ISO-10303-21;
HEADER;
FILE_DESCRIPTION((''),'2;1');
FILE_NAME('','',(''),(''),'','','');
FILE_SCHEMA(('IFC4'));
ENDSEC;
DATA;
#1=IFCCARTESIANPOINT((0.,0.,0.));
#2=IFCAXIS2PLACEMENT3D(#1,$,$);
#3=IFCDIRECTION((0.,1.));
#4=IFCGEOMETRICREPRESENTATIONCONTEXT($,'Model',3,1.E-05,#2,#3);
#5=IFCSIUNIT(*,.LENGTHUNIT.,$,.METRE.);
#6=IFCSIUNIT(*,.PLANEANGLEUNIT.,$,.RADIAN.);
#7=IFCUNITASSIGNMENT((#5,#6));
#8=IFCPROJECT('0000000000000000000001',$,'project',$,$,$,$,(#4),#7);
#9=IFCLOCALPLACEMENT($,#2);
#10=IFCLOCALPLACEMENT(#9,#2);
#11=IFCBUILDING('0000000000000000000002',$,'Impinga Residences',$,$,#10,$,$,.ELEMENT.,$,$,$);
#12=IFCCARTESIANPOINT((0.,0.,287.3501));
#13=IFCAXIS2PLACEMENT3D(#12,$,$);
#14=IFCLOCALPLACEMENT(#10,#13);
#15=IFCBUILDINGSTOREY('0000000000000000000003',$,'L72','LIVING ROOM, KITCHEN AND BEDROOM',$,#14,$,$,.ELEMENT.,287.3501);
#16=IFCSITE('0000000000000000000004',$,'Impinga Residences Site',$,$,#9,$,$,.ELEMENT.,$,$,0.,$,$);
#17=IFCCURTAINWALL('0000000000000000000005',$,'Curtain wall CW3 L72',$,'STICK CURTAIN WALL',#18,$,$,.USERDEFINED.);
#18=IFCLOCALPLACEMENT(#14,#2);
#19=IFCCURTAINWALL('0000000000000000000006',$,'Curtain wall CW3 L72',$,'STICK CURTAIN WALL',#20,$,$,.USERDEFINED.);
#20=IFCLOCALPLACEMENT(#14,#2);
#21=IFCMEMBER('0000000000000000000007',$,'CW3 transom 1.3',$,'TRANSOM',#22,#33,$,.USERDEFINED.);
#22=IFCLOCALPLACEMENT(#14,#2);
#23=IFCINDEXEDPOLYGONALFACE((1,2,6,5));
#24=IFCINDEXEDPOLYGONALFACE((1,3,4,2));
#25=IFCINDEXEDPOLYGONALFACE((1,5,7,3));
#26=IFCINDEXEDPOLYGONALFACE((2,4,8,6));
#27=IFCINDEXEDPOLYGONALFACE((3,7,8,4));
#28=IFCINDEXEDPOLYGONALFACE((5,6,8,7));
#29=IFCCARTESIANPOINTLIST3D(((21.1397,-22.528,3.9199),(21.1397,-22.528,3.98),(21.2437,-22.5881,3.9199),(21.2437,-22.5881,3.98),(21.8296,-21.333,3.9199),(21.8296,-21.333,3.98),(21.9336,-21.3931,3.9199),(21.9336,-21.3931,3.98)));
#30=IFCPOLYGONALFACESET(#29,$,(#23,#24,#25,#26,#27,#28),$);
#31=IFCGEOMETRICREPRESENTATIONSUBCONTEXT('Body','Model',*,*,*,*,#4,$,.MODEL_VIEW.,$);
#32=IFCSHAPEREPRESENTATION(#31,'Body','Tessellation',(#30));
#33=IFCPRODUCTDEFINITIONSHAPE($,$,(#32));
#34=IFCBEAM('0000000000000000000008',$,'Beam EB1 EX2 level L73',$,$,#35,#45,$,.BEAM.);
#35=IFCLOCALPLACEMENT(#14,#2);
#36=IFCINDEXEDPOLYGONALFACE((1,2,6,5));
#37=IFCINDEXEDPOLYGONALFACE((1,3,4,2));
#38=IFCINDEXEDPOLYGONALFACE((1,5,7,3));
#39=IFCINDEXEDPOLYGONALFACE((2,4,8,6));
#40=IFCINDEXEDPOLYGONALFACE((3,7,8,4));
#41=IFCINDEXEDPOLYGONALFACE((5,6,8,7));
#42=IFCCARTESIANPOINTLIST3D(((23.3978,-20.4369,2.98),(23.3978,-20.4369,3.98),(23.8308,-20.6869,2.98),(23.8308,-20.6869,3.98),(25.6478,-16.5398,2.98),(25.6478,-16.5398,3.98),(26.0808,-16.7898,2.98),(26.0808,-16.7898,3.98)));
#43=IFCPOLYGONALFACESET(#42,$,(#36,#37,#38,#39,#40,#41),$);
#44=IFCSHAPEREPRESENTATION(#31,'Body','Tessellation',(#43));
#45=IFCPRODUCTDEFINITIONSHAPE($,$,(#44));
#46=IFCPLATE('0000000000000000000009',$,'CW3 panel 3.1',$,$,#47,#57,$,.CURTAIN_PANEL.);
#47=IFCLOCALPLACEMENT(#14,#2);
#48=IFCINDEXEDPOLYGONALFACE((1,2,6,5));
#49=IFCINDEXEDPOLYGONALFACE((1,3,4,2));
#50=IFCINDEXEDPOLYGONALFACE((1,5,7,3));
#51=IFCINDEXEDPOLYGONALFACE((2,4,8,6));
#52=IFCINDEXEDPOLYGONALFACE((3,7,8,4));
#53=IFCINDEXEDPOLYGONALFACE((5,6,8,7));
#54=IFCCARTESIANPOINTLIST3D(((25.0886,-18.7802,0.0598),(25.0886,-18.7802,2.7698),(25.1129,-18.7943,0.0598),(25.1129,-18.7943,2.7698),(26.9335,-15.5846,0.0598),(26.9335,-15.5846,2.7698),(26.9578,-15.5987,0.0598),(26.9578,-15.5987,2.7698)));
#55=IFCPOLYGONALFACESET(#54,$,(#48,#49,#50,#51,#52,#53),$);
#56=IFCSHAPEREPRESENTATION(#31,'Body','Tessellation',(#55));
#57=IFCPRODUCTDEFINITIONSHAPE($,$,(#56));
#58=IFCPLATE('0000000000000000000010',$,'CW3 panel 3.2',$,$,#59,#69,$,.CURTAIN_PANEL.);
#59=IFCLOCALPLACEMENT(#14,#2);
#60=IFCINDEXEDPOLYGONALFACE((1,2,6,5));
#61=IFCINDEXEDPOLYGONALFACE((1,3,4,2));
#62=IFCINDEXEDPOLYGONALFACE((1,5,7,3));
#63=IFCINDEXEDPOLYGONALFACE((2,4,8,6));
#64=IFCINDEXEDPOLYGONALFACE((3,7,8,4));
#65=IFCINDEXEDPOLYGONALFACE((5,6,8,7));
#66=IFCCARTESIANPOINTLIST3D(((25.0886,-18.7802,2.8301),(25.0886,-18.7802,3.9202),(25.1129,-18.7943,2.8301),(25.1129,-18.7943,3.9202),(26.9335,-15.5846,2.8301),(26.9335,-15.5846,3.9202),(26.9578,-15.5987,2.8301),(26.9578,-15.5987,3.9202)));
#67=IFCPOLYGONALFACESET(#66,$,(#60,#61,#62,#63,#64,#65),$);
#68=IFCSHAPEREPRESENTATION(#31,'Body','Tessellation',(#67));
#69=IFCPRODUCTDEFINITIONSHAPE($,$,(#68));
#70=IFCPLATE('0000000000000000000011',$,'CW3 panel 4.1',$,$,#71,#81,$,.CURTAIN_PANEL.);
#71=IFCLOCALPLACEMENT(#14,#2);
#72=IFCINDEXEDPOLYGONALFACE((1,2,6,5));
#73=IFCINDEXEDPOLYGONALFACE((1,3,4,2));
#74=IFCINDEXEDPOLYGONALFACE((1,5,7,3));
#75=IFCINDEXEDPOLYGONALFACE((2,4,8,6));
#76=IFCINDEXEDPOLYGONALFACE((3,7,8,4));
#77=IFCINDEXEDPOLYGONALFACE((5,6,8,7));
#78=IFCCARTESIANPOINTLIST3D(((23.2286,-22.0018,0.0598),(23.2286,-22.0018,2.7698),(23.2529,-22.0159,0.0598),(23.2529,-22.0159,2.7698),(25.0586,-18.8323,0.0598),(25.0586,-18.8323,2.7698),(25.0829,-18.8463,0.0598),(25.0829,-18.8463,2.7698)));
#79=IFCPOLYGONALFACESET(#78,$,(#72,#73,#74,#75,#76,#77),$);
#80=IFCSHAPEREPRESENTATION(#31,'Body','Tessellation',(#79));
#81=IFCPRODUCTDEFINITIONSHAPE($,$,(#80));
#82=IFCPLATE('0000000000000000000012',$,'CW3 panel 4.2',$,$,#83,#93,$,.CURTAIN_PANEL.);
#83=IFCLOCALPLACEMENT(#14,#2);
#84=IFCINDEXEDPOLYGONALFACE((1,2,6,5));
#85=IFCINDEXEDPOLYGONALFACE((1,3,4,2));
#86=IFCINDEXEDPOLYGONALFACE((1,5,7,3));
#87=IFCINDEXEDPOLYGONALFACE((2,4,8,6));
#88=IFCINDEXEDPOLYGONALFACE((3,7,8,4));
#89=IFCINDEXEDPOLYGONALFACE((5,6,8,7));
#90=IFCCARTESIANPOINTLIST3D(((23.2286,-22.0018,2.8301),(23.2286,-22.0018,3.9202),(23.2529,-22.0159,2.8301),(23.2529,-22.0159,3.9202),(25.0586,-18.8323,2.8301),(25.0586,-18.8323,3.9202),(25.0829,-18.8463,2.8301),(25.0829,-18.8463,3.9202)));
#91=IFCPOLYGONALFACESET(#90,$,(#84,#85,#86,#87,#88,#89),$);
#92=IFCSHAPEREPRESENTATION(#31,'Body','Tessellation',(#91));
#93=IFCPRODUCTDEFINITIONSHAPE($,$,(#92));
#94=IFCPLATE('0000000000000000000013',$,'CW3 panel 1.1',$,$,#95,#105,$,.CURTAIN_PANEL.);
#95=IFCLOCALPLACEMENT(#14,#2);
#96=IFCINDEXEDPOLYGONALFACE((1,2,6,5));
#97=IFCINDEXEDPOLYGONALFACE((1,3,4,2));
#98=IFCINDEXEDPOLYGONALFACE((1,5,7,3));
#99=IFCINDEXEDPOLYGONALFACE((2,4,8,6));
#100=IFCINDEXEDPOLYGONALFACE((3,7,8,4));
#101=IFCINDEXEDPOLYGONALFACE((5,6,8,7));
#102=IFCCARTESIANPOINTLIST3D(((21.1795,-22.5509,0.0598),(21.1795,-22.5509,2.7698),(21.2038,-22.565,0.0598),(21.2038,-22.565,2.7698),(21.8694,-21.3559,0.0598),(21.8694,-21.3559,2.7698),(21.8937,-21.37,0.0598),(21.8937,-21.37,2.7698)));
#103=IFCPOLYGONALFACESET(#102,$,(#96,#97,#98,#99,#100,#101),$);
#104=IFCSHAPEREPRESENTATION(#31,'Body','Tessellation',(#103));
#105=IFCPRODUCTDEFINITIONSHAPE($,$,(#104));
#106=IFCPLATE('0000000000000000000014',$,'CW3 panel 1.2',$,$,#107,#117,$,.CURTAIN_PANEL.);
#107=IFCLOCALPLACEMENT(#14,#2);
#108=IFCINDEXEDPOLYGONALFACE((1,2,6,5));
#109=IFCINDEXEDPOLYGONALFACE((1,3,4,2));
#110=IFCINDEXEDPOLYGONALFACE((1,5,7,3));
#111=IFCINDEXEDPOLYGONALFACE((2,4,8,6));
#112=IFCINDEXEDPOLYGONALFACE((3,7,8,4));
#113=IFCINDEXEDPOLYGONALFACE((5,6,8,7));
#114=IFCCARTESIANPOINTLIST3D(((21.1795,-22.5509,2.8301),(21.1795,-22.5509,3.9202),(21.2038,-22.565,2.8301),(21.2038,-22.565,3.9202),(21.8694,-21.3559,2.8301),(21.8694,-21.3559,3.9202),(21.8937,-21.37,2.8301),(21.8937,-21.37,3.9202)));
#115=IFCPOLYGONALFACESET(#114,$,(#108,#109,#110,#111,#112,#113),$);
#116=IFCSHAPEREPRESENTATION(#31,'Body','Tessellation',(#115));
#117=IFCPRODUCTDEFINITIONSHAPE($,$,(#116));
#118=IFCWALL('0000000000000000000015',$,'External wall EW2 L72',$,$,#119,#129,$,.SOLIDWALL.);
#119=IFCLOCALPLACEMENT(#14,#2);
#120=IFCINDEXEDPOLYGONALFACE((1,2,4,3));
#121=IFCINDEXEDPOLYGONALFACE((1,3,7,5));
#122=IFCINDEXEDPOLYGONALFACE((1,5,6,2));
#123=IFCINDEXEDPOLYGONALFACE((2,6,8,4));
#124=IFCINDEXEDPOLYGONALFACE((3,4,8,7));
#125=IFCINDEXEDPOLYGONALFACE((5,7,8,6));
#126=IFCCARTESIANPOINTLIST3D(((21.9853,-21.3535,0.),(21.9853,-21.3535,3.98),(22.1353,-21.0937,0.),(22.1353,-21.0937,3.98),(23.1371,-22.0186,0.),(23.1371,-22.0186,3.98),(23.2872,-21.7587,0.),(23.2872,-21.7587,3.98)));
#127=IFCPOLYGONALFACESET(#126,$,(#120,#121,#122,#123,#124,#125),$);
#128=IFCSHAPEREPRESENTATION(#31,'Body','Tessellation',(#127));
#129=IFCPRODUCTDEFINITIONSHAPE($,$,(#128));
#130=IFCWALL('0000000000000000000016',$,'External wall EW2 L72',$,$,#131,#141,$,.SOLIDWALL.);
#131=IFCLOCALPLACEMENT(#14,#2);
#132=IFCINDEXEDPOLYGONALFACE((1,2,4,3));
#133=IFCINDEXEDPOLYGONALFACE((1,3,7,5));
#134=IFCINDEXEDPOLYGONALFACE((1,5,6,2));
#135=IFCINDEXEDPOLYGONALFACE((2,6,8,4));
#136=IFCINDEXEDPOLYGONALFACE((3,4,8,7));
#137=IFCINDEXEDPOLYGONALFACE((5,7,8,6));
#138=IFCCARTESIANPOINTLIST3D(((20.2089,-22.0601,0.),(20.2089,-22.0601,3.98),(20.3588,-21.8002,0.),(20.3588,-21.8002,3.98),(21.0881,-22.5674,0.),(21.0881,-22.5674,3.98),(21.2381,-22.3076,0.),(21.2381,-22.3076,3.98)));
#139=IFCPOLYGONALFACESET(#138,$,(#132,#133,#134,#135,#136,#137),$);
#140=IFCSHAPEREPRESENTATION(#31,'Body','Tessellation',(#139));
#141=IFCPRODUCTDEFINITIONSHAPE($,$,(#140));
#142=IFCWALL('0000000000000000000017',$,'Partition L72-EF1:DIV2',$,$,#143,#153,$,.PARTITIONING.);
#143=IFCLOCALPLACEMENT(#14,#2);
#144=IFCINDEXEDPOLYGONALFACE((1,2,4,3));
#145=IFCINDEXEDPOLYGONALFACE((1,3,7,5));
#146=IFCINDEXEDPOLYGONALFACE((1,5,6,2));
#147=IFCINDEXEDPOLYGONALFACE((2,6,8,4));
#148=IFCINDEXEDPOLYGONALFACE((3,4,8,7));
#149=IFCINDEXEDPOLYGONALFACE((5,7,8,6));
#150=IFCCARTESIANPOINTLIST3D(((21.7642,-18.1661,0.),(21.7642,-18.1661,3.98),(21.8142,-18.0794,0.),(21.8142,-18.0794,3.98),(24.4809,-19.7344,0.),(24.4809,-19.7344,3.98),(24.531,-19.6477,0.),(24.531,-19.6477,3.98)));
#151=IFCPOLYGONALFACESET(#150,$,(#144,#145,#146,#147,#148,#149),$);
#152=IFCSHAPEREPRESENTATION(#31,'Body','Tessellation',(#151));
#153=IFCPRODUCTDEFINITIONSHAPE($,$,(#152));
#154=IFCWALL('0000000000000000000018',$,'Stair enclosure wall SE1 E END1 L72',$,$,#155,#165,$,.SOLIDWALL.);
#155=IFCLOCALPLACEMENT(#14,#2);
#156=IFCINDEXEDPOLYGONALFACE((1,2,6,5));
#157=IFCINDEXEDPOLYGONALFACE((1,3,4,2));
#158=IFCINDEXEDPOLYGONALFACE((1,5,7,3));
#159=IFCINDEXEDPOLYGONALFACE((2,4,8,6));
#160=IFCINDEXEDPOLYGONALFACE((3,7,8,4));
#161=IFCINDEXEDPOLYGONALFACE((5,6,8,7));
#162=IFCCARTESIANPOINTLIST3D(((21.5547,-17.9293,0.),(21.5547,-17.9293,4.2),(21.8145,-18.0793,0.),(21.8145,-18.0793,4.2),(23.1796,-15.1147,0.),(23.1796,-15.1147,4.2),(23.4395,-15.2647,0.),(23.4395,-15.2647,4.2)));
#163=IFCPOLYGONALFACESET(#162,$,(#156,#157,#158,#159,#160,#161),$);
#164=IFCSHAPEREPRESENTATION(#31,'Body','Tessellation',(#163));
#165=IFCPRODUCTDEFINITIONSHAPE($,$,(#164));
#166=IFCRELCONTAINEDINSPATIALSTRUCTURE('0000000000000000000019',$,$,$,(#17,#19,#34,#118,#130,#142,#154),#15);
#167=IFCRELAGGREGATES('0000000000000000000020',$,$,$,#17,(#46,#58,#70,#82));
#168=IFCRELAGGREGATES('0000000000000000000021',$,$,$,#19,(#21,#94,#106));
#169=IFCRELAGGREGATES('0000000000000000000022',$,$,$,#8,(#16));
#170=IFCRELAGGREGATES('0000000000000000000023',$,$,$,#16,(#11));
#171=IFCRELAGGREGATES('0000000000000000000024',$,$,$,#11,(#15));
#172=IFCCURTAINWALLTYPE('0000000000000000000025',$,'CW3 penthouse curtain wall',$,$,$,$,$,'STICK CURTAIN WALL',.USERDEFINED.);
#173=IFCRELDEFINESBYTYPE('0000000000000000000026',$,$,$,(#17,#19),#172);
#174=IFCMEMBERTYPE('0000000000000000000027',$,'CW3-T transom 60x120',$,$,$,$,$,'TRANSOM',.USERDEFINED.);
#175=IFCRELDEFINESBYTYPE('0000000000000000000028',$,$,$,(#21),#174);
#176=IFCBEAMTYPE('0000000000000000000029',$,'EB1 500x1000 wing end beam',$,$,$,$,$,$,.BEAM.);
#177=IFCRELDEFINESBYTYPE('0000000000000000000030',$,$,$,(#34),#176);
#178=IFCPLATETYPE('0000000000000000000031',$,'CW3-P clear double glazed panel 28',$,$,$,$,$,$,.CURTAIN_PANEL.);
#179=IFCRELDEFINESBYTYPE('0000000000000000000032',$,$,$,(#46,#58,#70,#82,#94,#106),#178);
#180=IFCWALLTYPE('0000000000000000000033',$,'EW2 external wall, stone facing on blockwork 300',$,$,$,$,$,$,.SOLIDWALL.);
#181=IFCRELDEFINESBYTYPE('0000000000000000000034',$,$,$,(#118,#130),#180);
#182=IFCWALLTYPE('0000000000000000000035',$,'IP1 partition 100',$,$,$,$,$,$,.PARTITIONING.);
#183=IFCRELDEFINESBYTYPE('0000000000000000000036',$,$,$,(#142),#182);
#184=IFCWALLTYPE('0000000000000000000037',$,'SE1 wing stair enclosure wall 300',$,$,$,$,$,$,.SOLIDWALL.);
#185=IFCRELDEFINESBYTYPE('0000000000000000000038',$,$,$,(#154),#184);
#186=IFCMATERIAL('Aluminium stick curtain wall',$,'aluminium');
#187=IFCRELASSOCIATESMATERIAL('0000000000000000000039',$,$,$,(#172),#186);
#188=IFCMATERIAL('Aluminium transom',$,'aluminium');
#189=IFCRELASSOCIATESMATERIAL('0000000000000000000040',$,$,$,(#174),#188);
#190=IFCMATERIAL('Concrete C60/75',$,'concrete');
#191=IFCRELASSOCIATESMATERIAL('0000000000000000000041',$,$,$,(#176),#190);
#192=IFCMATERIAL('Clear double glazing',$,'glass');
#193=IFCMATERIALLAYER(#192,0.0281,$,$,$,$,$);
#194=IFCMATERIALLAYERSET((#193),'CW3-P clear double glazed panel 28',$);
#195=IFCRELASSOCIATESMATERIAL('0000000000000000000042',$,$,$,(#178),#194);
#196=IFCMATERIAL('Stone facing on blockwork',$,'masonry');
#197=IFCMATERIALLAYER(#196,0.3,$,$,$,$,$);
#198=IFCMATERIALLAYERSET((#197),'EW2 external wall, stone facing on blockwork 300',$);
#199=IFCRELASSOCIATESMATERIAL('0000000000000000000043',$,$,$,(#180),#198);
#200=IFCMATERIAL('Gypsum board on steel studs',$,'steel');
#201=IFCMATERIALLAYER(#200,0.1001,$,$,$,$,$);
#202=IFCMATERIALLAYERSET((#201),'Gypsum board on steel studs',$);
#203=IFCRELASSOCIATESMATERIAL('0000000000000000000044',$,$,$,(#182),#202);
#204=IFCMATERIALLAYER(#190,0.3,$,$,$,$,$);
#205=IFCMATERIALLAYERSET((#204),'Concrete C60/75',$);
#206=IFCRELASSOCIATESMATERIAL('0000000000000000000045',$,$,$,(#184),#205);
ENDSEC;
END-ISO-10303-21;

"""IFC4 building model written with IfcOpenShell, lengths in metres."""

from ifc_helpers import new_model, si_unit, direction, frame, frame_2d, origin, origin_2d, place, context, subcontext, project, spatial, rectangle, extrude, material, layer, layer_set, material_profile, profile_set, type_object, element, aggregate, save


model = new_model("IFC4")

# Units and contexts
model_context = context("Model", 3, precision=1e-05, world=origin(), true_north=direction((0.0, 1.0)))
body_context = subcontext(model_context, "Body", "Model", "MODEL_VIEW")
ifc_project = project(units=[si_unit("LENGTHUNIT", "METRE"), si_unit("PLANEANGLEUNIT", "RADIAN")], contexts=[model_context])

# Site, building, storey
site_placement = place(None, origin())
site = spatial("IfcSite", under=ifc_project, at=site_placement, Name="Impinga Residences Site", CompositionType="ELEMENT", RefElevation=0.0)
building_placement = place(site_placement, origin())
building = spatial("IfcBuilding", under=site, at=building_placement, Name="Impinga Residences", CompositionType="ELEMENT")
storey_placement = place(building_placement, frame((0.0, 0.0, 287.3501)))
storey = spatial("IfcBuildingStorey", under=building, at=storey_placement, Name="L72", Description="LIVING ROOM, KITCHEN AND BEDROOM", CompositionType="ELEMENT", Elevation=287.3501)

# Shared definitions
ifc_material_1 = material(Name="Concrete C60/75", Category="concrete")

# Curtain walls
ifc_material_2 = material(Name="Aluminium stick curtain wall", Category="aluminium")
curtain_wall_type = type_object("IfcCurtainWallType", Name="CW3 penthouse curtain wall", ElementType="STICK CURTAIN WALL", PredefinedType="USERDEFINED", material=ifc_material_2)
curtain_wall_1_placement = place(storey_placement, origin())
curtain_wall_1 = element("IfcCurtainWall", 1, at=curtain_wall_1_placement, inside=storey, type_object=curtain_wall_type, Name="Curtain wall CW3 L72", ObjectType="STICK CURTAIN WALL", PredefinedType="USERDEFINED")
curtain_wall_2_placement = place(storey_placement, origin())
curtain_wall_2 = element("IfcCurtainWall", 2, at=curtain_wall_2_placement, inside=storey, type_object=curtain_wall_type, Name="Curtain wall CW3 L72", ObjectType="STICK CURTAIN WALL", PredefinedType="USERDEFINED")

# Member
ifc_material_3 = material(Name="Aluminium transom", Category="aluminium")
ifc_material_profile_1 = material_profile(ifc_material_3, rectangle(XDim=0.0601, YDim=0.1201, at=origin_2d()), Name="60x120 transom")
ifc_profile_set_1 = profile_set([ifc_material_profile_1], Name="Aluminium transom")
member_type_1 = type_object("IfcMemberType", Name="CW3-T transom 60x120", ElementType="TRANSOM", PredefinedType="USERDEFINED", material=ifc_profile_set_1)
member_1_placement = place(storey_placement, frame((21.8816, -21.363, 3.95), z_axis=(-0.499983, -0.866035, 0.0), x_axis=(0.0, 0.0, 1.0)))
member_1 = element("IfcMember", 3, at=member_1_placement, type_object=member_type_1, Name="CW3 transom 1.3", ObjectType="TRANSOM", PredefinedType="USERDEFINED", context=body_context, shape_type="SweptSolid", body=[
    extrude(rectangle(XDim=0.0601, YDim=0.1201, at=origin_2d()), origin(), (0.0, 0.0, 1.0), 1.3799),
])

# Beam
ifc_material_profile_2 = material_profile(ifc_material_1, rectangle(XDim=0.5, YDim=1.0, at=origin_2d()), Name="RC 500x1000")
ifc_profile_set_2 = profile_set([ifc_material_profile_2], Name="Concrete C60/75")
beam_type_1 = type_object("IfcBeamType", Name="EB1 500x1000 wing end beam", PredefinedType="BEAM", material=ifc_profile_set_2)
beam_1_placement = place(storey_placement, frame((25.8643, -16.6648, 3.48), z_axis=(-0.49999, -0.866031, 0.0), x_axis=(0.866031, -0.49999, 0.0)))
element("IfcBeam", 4, at=beam_1_placement, inside=storey, type_object=beam_type_1, Name="Beam EB1 EX2 level L73", PredefinedType="BEAM", context=body_context, shape_type="SweptSolid", body=[
    extrude(rectangle(XDim=0.5, YDim=1.0, at=origin_2d()), origin(), (0.0, 0.0, 1.0), 4.5),
])

# Plates
ifc_material_4 = material(Name="Clear double glazing", Category="glass")
ifc_layer_1 = layer(ifc_material_4, 0.0281)
ifc_layer_set_1 = layer_set([ifc_layer_1], Name="CW3-P clear double glazed panel 28")
plate_type = type_object("IfcPlateType", Name="CW3-P clear double glazed panel 28", PredefinedType="CURTAIN_PANEL", material=ifc_layer_set_1)
plate_1_placement = place(storey_placement, frame((26.0232, -17.1895, 0.0598), z_axis=(0.0, 0.0, 1.0), x_axis=(-0.5, -0.866025, 0.0)))
plate_1 = element("IfcPlate", 5, at=plate_1_placement, type_object=plate_type, Name="CW3 panel 3.1", PredefinedType="CURTAIN_PANEL", context=body_context, shape_type="SweptSolid", body=[
    extrude(rectangle(XDim=3.6899, YDim=0.0281, at=origin_2d()), origin(), (0.0, 0.0, 1.0), 2.71),
])
plate_2_placement = place(storey_placement, frame((26.0232, -17.1895, 2.8301), z_axis=(0.0, 0.0, 1.0), x_axis=(-0.5, -0.866025, 0.0)))
plate_2 = element("IfcPlate", 6, at=plate_2_placement, type_object=plate_type, Name="CW3 panel 3.2", PredefinedType="CURTAIN_PANEL", context=body_context, shape_type="SweptSolid", body=[
    extrude(rectangle(XDim=3.6899, YDim=0.0281, at=origin_2d()), origin(), (0.0, 0.0, 1.0), 1.0901),
])
plate_3_placement = place(storey_placement, frame((24.1558, -20.4241, 0.0598), z_axis=(0.0, 0.0, 1.0), x_axis=(-0.5, -0.866025, 0.0)))
plate_3 = element("IfcPlate", 7, at=plate_3_placement, type_object=plate_type, Name="CW3 panel 4.1", PredefinedType="CURTAIN_PANEL", context=body_context, shape_type="SweptSolid", body=[
    extrude(rectangle(XDim=3.6599, YDim=0.0281, at=origin_2d()), origin(), (0.0, 0.0, 1.0), 2.71),
])
plate_4_placement = place(storey_placement, frame((24.1558, -20.4241, 2.8301), z_axis=(0.0, 0.0, 1.0), x_axis=(-0.5, -0.866025, 0.0)))
plate_4 = element("IfcPlate", 8, at=plate_4_placement, type_object=plate_type, Name="CW3 panel 4.2", PredefinedType="CURTAIN_PANEL", context=body_context, shape_type="SweptSolid", body=[
    extrude(rectangle(XDim=3.6599, YDim=0.0281, at=origin_2d()), origin(), (0.0, 0.0, 1.0), 1.0901),
])
aggregate(curtain_wall_1, [plate_1, plate_2, plate_3, plate_4])
plate_5_placement = place(storey_placement, frame((21.5366, -21.9604, 0.0598), z_axis=(0.0, 0.0, 1.0), x_axis=(-0.5, -0.866025, 0.0)))
plate_5 = element("IfcPlate", 9, at=plate_5_placement, type_object=plate_type, Name="CW3 panel 1.1", PredefinedType="CURTAIN_PANEL", context=body_context, shape_type="SweptSolid", body=[
    extrude(rectangle(XDim=1.3799, YDim=0.0281, at=origin_2d()), origin(), (0.0, 0.0, 1.0), 2.71),
])
plate_6_placement = place(storey_placement, frame((21.5366, -21.9604, 2.8301), z_axis=(0.0, 0.0, 1.0), x_axis=(-0.5, -0.866025, 0.0)))
plate_6 = element("IfcPlate", 10, at=plate_6_placement, type_object=plate_type, Name="CW3 panel 1.2", PredefinedType="CURTAIN_PANEL", context=body_context, shape_type="SweptSolid", body=[
    extrude(rectangle(XDim=1.3799, YDim=0.0281, at=origin_2d()), origin(), (0.0, 0.0, 1.0), 1.0901),
])
aggregate(curtain_wall_2, [member_1, plate_5, plate_6])

# Walls
ifc_material_5 = material(Name="Stone facing on blockwork", Category="masonry")
ifc_layer_2 = layer(ifc_material_5, 0.3)
ifc_layer_set_2 = layer_set([ifc_layer_2], Name="EW2 external wall, stone facing on blockwork 300")
wall_type_1 = type_object("IfcWallType", Name="EW2 external wall, stone facing on blockwork 300", PredefinedType="SOLIDWALL", material=ifc_layer_set_2)
wall_1_placement = place(storey_placement, frame((23.2122, -21.8887, 0.0), z_axis=(0.0, 0.0, 1.0), x_axis=(-0.866021, 0.500008, 0.0)))
element("IfcWall", 11, at=wall_1_placement, inside=storey, type_object=wall_type_1, Name="External wall EW2 L72", PredefinedType="SOLIDWALL", context=body_context, shape_type="SweptSolid", body=[
    extrude(rectangle(XDim=1.3301, YDim=0.3, at=frame_2d((0.665, 0.0))), origin(), (0.0, 0.0, 1.0), 3.98),
])
wall_2_placement = place(storey_placement, frame((21.1631, -22.4375, 0.0), z_axis=(0.0, 0.0, 1.0), x_axis=(-0.866134, 0.499813, 0.0)))
element("IfcWall", 12, at=wall_2_placement, inside=storey, type_object=wall_type_1, Name="External wall EW2 L72", PredefinedType="SOLIDWALL", context=body_context, shape_type="SweptSolid", body=[
    extrude(rectangle(XDim=1.0151, YDim=0.3, at=frame_2d((0.5076, 0.0))), origin(), (0.0, 0.0, 1.0), 3.98),
])
ifc_material_6 = material(Name="Gypsum board on steel studs", Category="steel")
ifc_layer_3 = layer(ifc_material_6, 0.1001)
ifc_layer_set_3 = layer_set([ifc_layer_3], Name="Gypsum board on steel studs")
wall_type_2 = type_object("IfcWallType", Name="IP1 partition 100", PredefinedType="PARTITIONING", material=ifc_layer_set_3)
wall_3_placement = place(storey_placement, frame((21.7893, -18.1228, 0.0), z_axis=(0.0, 0.0, 1.0), x_axis=(0.866051, -0.499956, 0.0)))
element("IfcWall", 13, at=wall_3_placement, inside=storey, type_object=wall_type_2, Name="Partition L72-EF1:DIV2", PredefinedType="PARTITIONING", context=body_context, shape_type="SweptSolid", body=[
    extrude(rectangle(XDim=3.137, YDim=0.1001, at=frame_2d((1.5684, 0.0))), origin(), (0.0, 0.0, 1.0), 3.98),
])
ifc_layer_4 = layer(ifc_material_1, 0.3)
ifc_layer_set_4 = layer_set([ifc_layer_4], Name="Concrete C60/75")
wall_type_3 = type_object("IfcWallType", Name="SE1 wing stair enclosure wall 300", PredefinedType="SOLIDWALL", material=ifc_layer_set_4)
wall_4_placement = place(storey_placement, frame((23.3096, -15.1897, 0.0), z_axis=(0.0, 0.0, 1.0), x_axis=(-0.499985, -0.866034, 0.0)))
element("IfcWall", 14, at=wall_4_placement, inside=storey, type_object=wall_type_3, Name="Stair enclosure wall SE1 E END1 L72", PredefinedType="SOLIDWALL", context=body_context, shape_type="SweptSolid", body=[
    extrude(rectangle(XDim=3.25, YDim=0.3, at=frame_2d((1.625, 0.0))), origin(), (0.0, 0.0, 1.0), 4.2),
])

save(model, "model.ifc")
